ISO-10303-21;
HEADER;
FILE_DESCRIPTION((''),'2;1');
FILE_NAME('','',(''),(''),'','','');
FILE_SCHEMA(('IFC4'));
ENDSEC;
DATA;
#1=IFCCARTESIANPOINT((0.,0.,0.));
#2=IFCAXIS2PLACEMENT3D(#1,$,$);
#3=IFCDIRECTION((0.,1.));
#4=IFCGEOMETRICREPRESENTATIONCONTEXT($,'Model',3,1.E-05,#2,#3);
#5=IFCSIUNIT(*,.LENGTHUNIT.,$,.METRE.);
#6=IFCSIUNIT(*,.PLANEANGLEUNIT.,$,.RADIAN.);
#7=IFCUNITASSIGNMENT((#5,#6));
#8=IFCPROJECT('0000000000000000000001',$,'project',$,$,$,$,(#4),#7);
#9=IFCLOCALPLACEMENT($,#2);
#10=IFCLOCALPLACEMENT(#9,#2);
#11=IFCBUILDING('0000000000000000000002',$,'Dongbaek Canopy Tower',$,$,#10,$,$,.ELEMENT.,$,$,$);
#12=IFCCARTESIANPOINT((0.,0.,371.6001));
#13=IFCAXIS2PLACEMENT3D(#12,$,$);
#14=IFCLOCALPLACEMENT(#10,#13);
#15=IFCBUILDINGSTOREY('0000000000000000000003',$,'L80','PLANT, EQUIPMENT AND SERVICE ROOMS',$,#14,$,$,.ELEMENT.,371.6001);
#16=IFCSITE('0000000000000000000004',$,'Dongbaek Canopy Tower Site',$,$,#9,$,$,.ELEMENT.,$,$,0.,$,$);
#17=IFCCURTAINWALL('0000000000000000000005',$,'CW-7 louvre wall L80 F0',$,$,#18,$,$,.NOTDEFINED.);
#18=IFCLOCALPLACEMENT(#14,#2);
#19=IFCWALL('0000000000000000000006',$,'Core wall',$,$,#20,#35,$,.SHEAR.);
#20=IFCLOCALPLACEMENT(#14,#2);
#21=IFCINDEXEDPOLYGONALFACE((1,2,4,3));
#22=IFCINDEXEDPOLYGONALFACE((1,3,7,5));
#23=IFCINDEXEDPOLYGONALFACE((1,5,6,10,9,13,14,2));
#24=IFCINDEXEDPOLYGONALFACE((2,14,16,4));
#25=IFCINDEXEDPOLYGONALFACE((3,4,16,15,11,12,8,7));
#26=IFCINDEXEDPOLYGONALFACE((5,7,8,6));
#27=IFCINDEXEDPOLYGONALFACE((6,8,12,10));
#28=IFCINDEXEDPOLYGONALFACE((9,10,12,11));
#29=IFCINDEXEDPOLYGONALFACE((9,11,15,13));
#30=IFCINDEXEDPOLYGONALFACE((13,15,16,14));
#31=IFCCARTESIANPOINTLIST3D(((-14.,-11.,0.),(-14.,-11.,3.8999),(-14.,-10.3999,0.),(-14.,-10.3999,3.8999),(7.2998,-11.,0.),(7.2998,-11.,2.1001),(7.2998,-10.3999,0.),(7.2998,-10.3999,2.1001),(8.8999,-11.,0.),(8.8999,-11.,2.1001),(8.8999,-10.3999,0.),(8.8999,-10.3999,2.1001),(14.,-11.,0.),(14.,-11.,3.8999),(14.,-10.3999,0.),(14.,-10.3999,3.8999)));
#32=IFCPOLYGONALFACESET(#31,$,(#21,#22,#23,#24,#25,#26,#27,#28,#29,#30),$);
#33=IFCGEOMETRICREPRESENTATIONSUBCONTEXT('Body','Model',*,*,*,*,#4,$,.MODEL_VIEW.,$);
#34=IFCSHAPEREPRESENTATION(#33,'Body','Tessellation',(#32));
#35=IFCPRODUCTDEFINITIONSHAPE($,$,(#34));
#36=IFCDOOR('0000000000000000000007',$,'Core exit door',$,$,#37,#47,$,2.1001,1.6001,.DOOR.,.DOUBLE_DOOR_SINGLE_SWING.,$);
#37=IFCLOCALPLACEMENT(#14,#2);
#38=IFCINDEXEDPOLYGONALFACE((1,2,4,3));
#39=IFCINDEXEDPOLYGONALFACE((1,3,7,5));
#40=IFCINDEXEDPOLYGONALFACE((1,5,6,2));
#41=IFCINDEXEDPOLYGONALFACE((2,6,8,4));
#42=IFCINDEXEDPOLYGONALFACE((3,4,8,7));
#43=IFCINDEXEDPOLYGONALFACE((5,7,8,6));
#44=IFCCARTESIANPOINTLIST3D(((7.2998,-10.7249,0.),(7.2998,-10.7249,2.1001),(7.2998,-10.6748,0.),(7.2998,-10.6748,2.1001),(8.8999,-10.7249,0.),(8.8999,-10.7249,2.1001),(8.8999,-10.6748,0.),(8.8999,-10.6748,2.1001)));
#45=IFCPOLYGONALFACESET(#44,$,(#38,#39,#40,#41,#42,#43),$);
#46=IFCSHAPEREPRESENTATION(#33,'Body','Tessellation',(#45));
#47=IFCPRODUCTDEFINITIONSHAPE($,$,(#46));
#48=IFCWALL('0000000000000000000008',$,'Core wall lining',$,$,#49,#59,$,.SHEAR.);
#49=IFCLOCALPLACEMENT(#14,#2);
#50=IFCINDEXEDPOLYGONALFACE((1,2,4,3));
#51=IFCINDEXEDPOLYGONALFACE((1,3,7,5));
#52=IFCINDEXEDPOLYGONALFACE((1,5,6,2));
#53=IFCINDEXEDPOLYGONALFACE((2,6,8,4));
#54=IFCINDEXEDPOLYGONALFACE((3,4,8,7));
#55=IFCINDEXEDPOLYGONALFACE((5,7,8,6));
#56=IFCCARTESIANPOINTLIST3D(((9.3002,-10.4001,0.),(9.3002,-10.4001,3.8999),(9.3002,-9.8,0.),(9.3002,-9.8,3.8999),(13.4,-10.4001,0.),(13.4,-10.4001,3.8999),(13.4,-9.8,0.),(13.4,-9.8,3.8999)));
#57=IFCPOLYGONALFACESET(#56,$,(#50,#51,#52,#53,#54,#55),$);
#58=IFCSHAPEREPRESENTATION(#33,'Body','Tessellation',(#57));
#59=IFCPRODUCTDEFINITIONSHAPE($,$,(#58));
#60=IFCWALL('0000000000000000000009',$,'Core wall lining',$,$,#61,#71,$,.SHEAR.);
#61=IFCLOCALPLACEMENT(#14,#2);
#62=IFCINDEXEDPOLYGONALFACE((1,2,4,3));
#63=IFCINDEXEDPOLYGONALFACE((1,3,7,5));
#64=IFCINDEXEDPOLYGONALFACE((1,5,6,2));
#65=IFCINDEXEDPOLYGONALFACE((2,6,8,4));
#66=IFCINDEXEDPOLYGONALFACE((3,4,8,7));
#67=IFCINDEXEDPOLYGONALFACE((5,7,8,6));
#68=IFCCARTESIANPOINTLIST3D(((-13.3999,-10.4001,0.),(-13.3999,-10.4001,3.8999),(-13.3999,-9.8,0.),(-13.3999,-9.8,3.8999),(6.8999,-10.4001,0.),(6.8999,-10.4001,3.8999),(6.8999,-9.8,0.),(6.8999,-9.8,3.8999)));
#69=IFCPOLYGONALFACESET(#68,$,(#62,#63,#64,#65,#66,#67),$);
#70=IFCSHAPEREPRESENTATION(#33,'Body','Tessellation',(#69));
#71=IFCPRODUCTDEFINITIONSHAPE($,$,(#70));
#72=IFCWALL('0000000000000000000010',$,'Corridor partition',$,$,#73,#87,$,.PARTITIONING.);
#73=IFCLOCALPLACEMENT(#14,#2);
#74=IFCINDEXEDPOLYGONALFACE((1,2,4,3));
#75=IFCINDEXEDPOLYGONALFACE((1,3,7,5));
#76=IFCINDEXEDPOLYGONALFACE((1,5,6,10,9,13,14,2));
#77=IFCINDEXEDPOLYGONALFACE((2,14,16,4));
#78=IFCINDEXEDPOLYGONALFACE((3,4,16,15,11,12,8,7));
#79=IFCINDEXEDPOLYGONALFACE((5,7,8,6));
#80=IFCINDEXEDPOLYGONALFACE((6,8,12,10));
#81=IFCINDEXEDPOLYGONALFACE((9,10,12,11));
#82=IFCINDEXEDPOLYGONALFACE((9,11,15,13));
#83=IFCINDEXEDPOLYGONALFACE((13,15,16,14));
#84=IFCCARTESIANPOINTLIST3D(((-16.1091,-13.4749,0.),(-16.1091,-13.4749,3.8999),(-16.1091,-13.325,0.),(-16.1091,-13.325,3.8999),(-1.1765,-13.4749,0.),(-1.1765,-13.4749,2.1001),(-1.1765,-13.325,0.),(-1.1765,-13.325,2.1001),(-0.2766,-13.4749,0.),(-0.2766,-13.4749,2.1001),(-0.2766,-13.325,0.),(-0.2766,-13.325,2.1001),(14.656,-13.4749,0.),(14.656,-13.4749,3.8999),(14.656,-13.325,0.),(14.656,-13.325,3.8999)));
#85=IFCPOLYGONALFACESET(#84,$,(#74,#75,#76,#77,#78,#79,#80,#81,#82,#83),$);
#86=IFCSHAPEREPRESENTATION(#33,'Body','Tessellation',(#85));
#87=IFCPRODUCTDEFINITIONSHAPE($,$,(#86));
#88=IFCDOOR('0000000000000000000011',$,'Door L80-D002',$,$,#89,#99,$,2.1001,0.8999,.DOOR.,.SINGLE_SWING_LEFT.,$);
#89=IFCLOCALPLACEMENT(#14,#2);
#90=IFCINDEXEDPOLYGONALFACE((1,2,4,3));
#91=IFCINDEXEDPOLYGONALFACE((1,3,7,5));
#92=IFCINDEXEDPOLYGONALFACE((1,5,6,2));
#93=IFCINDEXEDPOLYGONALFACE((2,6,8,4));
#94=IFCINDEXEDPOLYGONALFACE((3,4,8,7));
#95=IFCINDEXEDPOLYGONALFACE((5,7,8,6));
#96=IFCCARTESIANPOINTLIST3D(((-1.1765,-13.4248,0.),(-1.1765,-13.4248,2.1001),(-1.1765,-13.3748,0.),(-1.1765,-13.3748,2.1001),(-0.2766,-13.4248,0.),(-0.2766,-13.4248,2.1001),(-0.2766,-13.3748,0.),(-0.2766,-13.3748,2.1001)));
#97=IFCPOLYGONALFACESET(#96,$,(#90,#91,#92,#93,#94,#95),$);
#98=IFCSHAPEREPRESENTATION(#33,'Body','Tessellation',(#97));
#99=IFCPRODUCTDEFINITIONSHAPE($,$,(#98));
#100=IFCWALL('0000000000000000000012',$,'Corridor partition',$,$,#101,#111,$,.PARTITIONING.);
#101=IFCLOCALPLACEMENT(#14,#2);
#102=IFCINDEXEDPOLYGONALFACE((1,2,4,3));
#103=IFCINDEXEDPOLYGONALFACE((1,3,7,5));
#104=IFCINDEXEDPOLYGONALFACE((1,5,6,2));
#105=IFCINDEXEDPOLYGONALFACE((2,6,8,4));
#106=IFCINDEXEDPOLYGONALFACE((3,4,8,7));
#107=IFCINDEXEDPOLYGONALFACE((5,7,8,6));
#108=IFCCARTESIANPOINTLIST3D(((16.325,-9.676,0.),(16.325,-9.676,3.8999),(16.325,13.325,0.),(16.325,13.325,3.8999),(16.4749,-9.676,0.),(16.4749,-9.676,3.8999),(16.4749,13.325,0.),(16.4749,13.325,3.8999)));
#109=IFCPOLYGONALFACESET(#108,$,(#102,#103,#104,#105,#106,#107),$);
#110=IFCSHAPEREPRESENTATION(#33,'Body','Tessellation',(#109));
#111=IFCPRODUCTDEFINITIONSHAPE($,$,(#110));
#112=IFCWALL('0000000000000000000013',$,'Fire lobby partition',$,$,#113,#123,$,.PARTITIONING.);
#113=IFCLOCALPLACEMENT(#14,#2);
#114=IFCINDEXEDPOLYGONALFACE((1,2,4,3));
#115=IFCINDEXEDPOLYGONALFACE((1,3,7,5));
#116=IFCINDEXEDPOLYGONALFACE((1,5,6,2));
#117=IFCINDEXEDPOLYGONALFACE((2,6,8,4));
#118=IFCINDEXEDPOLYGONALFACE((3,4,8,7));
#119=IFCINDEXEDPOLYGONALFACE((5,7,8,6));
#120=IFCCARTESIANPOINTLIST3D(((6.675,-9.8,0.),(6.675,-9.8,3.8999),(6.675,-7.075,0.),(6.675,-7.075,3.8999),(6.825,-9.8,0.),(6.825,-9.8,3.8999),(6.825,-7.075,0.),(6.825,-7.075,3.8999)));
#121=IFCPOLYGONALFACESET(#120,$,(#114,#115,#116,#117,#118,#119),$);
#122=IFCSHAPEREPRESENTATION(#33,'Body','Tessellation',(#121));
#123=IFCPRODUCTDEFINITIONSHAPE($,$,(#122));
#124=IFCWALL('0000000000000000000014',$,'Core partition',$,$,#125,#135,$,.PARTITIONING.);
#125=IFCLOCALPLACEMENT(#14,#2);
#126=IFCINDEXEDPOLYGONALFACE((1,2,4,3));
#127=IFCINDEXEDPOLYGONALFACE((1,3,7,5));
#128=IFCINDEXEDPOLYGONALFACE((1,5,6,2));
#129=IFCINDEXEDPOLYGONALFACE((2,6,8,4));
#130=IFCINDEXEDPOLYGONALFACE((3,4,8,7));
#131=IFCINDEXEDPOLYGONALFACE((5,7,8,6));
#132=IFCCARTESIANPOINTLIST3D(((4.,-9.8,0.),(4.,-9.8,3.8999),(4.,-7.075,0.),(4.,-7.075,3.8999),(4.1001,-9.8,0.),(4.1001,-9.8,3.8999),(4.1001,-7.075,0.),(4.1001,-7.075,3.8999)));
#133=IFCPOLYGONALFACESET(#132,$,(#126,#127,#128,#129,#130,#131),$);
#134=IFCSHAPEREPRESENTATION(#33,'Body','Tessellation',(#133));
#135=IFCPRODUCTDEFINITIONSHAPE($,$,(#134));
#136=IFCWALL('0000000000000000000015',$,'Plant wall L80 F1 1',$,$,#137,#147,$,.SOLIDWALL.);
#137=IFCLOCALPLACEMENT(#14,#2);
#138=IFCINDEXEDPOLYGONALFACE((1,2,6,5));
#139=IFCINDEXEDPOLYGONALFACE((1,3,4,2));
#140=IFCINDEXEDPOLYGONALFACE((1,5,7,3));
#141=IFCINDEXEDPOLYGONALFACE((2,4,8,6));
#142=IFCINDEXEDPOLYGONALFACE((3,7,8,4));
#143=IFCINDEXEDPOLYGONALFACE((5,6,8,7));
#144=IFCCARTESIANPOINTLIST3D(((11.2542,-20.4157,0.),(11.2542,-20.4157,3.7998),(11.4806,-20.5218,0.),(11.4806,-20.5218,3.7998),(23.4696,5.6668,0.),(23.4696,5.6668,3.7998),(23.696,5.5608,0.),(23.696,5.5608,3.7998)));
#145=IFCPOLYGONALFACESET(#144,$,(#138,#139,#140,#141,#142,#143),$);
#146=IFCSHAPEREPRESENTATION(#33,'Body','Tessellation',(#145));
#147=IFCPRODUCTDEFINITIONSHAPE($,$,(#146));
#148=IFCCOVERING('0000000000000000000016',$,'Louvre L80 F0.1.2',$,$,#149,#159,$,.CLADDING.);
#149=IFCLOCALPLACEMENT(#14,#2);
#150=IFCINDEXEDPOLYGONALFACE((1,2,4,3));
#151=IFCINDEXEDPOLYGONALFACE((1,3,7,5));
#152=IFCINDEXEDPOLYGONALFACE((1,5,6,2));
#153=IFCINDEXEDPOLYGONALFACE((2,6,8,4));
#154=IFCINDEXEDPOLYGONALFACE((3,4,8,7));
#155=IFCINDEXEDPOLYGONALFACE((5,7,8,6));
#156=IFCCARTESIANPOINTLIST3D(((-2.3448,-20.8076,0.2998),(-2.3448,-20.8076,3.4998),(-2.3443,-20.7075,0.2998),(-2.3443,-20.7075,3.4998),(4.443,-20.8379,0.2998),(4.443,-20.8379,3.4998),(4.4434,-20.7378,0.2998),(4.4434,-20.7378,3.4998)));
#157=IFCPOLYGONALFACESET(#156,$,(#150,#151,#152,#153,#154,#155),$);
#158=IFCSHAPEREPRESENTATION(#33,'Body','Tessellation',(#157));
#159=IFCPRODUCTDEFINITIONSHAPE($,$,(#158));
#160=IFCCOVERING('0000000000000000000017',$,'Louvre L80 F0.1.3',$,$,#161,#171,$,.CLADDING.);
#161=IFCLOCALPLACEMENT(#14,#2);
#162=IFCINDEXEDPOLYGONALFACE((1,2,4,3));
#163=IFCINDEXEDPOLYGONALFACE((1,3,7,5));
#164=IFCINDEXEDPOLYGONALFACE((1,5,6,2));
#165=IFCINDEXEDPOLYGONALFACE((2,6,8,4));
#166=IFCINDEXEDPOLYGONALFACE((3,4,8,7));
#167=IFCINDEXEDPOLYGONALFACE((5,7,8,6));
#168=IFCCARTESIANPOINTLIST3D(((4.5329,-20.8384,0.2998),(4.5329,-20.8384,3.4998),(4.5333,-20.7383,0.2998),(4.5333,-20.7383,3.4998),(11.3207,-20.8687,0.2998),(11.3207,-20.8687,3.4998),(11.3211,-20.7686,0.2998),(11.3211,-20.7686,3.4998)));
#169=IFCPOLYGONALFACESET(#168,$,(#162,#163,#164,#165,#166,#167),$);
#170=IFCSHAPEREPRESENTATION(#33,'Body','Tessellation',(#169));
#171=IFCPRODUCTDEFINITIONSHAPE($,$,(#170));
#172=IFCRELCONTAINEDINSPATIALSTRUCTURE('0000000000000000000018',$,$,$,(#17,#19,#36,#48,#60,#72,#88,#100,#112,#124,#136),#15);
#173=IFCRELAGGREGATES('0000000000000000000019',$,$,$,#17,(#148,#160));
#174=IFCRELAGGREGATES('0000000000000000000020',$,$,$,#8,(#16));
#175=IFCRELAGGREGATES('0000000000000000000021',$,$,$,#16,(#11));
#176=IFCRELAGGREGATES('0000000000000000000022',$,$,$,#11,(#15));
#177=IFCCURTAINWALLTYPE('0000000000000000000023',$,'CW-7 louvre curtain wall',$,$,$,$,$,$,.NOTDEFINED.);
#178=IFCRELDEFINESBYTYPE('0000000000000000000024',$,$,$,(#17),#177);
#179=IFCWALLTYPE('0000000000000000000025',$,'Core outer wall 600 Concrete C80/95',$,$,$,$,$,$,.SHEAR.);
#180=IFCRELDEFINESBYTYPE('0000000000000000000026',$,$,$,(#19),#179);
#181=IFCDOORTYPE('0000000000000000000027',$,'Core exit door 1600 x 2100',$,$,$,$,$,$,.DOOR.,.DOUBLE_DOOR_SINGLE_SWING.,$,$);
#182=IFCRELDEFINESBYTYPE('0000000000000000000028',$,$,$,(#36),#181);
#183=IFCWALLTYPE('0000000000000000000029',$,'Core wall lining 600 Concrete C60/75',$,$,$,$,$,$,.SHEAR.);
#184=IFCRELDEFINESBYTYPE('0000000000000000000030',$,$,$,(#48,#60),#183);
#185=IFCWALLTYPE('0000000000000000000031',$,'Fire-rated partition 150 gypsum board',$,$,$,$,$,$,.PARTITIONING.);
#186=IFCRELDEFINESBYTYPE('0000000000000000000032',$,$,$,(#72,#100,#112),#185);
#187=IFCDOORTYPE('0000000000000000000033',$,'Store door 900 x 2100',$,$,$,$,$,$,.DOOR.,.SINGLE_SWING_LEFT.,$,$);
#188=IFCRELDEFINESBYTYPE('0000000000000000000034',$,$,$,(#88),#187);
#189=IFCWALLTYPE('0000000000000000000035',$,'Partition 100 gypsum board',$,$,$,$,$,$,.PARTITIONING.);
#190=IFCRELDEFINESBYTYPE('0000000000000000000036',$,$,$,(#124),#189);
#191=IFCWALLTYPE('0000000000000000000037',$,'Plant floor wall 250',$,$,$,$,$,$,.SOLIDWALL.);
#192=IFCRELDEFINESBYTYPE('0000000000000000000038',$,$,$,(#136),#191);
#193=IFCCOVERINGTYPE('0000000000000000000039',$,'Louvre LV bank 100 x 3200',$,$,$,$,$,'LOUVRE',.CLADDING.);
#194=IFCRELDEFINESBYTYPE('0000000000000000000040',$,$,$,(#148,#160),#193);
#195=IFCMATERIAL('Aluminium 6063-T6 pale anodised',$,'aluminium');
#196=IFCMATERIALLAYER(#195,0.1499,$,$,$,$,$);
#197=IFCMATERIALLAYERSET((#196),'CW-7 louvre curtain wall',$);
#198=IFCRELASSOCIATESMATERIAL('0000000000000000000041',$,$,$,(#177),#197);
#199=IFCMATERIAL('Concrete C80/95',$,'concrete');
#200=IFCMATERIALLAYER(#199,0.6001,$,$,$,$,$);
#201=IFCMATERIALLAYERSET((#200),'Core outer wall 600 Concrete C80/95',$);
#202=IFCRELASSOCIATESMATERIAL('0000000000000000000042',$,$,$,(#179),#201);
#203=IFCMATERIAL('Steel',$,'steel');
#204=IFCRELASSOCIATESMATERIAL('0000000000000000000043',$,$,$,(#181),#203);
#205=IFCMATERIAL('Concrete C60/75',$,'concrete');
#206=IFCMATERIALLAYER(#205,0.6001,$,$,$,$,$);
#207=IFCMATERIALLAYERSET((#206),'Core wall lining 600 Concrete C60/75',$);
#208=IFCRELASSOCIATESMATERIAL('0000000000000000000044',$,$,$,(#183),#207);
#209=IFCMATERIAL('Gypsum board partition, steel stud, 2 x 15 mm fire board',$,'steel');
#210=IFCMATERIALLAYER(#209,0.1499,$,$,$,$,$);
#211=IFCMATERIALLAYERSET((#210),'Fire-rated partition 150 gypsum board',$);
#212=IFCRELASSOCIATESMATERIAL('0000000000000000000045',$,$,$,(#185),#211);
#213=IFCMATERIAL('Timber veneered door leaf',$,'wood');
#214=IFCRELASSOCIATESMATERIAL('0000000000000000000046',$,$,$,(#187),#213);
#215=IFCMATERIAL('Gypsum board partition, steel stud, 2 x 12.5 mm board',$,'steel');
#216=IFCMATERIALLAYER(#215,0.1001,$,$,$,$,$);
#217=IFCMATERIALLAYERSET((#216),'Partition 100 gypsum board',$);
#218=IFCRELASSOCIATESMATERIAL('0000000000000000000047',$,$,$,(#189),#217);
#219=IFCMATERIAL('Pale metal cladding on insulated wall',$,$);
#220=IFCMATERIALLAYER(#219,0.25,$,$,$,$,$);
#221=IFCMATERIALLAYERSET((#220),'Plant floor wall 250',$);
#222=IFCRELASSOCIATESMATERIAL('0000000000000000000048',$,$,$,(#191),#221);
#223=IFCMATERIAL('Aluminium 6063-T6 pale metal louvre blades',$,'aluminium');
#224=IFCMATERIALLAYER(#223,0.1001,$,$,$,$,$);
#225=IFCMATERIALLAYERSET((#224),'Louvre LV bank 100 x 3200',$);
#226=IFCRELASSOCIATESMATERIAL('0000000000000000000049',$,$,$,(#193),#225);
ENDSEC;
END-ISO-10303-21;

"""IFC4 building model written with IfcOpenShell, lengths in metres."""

from ifc_helpers import new_model, si_unit, direction, frame, frame_2d, origin, origin_2d, place, context, subcontext, project, spatial, rectangle, extrude, material, layer, layer_set, type_object, element, fill, aggregate, save


model = new_model("IFC4")

# Units and contexts
model_context = context("Model", 3, precision=1e-05, world=origin(), true_north=direction((0.0, 1.0)))
body_context = subcontext(model_context, "Body", "Model", "MODEL_VIEW")
ifc_project = project(units=[si_unit("LENGTHUNIT", "METRE"), si_unit("PLANEANGLEUNIT", "RADIAN")], contexts=[model_context])

# Site, building, storey
site_placement = place(None, origin())
site = spatial("IfcSite", under=ifc_project, at=site_placement, Name="Dongbaek Canopy Tower Site", CompositionType="ELEMENT", RefElevation=0.0)
building_placement = place(site_placement, origin())
building = spatial("IfcBuilding", under=site, at=building_placement, Name="Dongbaek Canopy Tower", CompositionType="ELEMENT")
storey_placement = place(building_placement, frame((0.0, 0.0, 371.6001)))
storey = spatial("IfcBuildingStorey", under=building, at=storey_placement, Name="L80", Description="PLANT, EQUIPMENT AND SERVICE ROOMS", CompositionType="ELEMENT", Elevation=371.6001)

# Curtain wall
ifc_material_1 = material(Name="Aluminium 6063-T6 pale anodised", Category="aluminium")
ifc_layer_1 = layer(ifc_material_1, 0.1499)
ifc_layer_set_1 = layer_set([ifc_layer_1], Name="CW-7 louvre curtain wall")
curtain_wall_type = type_object("IfcCurtainWallType", Name="CW-7 louvre curtain wall", PredefinedType="NOTDEFINED", material=ifc_layer_set_1)
curtain_wall_1_placement = place(storey_placement, origin())
curtain_wall_1 = element("IfcCurtainWall", 1, at=curtain_wall_1_placement, inside=storey, type_object=curtain_wall_type, Name="CW-7 louvre wall L80 F0", PredefinedType="NOTDEFINED")

# Wall, opening, door
ifc_material_2 = material(Name="Concrete C80/95", Category="concrete")
ifc_layer_2 = layer(ifc_material_2, 0.6001)
ifc_layer_set_2 = layer_set([ifc_layer_2], Name="Core outer wall 600 Concrete C80/95")
wall_type_1 = type_object("IfcWallType", Name="Core outer wall 600 Concrete C80/95", PredefinedType="SHEAR", material=ifc_layer_set_2)
wall_1_placement = place(storey_placement, frame((14.0, -10.7, 0.0), z_axis=(0.0, 0.0, 1.0), x_axis=(-1.0, 0.0, 0.0)))
wall_1 = element("IfcWall", 2, at=wall_1_placement, inside=storey, type_object=wall_type_1, Name="Core wall", PredefinedType="SHEAR", context=body_context, shape_type="SweptSolid", body=[
    extrude(rectangle(XDim=28.0, YDim=0.6001, at=frame_2d((14.0, 0.0))), origin(), (0.0, 0.0, 1.0), 3.8999),
])
opening_1_placement = place(wall_1_placement, frame((5.1001, 0.0, 0.0)))
opening_1 = element("IfcOpeningElement", 3, at=opening_1_placement, cuts=wall_1, PredefinedType="OPENING", context=body_context, shape_type="SweptSolid", body=[
    extrude(rectangle(XDim=1.6001, YDim=2.1001, at=frame_2d((0.8, 1.05))), frame((0.0, 0.3101, 0.0), z_axis=(0.0, -1.0, 0.0), x_axis=(1.0, 0.0, 0.0)), (0.0, 0.0, 1.0), 0.6201),
])
ifc_material_3 = material(Name="Steel", Category="steel")
door_type_1 = type_object("IfcDoorType", Name="Core exit door 1600 x 2100", OperationType="DOUBLE_DOOR_SINGLE_SWING", PredefinedType="DOOR", material=ifc_material_3)
door_1_placement = place(opening_1_placement, origin())
door_1 = element("IfcDoor", 4, at=door_1_placement, inside=storey, type_object=door_type_1, Name="Core exit door", OperationType="DOUBLE_DOOR_SINGLE_SWING", OverallHeight=2.1001, OverallWidth=1.6001, PredefinedType="DOOR", context=body_context, shape_type="SweptSolid", body=[
    extrude(rectangle(XDim=1.6001, YDim=2.1001, at=frame_2d((0.8, 1.05))), frame((0.0, 0.0249, 0.0), z_axis=(0.0, -1.0, 0.0), x_axis=(1.0, 0.0, 0.0)), (0.0, 0.0, 1.0), 0.05),
])
fill(opening_1, door_1)

# Walls
ifc_material_4 = material(Name="Concrete C60/75", Category="concrete")
ifc_layer_3 = layer(ifc_material_4, 0.6001)
ifc_layer_set_3 = layer_set([ifc_layer_3], Name="Core wall lining 600 Concrete C60/75")
wall_type_2 = type_object("IfcWallType", Name="Core wall lining 600 Concrete C60/75", PredefinedType="SHEAR", material=ifc_layer_set_3)
wall_2_placement = place(storey_placement, frame((13.3999, -10.1001, 0.0), z_axis=(0.0, 0.0, 1.0), x_axis=(-1.0, 0.0, 0.0)))
element("IfcWall", 5, at=wall_2_placement, inside=storey, type_object=wall_type_2, Name="Core wall lining", PredefinedType="SHEAR", context=body_context, shape_type="SweptSolid", body=[
    extrude(rectangle(XDim=4.0999, YDim=0.6001, at=frame_2d((2.0498, 0.0))), origin(), (0.0, 0.0, 1.0), 3.8999),
])
wall_3_placement = place(storey_placement, frame((6.8999, -10.1001, 0.0), z_axis=(0.0, 0.0, 1.0), x_axis=(-1.0, 0.0, 0.0)))
element("IfcWall", 6, at=wall_3_placement, inside=storey, type_object=wall_type_2, Name="Core wall lining", PredefinedType="SHEAR", context=body_context, shape_type="SweptSolid", body=[
    extrude(rectangle(XDim=20.2998, YDim=0.6001, at=frame_2d((10.1499, 0.0))), origin(), (0.0, 0.0, 1.0), 3.8999),
])

# Wall, opening, door
ifc_material_5 = material(Name="Gypsum board partition, steel stud, 2 x 15 mm fire board", Category="steel")
ifc_layer_4 = layer(ifc_material_5, 0.1499)
ifc_layer_set_4 = layer_set([ifc_layer_4], Name="Fire-rated partition 150 gypsum board")
wall_type_3 = type_object("IfcWallType", Name="Fire-rated partition 150 gypsum board", PredefinedType="PARTITIONING", material=ifc_layer_set_4)
wall_4_placement = place(storey_placement, frame((14.656, -13.3999, 0.0), z_axis=(0.0, 0.0, 1.0), x_axis=(-1.0, 0.0, 0.0)))
wall_4 = element("IfcWall", 7, at=wall_4_placement, inside=storey, type_object=wall_type_3, Name="Corridor partition", PredefinedType="PARTITIONING", context=body_context, shape_type="SweptSolid", body=[
    extrude(rectangle(XDim=30.7651, YDim=0.1499, at=frame_2d((15.3826, 0.0))), origin(), (0.0, 0.0, 1.0), 3.8999),
])
opening_2_placement = place(wall_4_placement, frame((14.9326, 0.0, 0.0)))
opening_2 = element("IfcOpeningElement", 8, at=opening_2_placement, cuts=wall_4, PredefinedType="OPENING", context=body_context, shape_type="SweptSolid", body=[
    extrude(rectangle(XDim=0.8999, YDim=2.1001, at=frame_2d((0.45, 1.05))), frame((0.0, 0.085, 0.0), z_axis=(0.0, -1.0, 0.0), x_axis=(1.0, 0.0, 0.0)), (0.0, 0.0, 1.0), 0.1699),
])
ifc_material_6 = material(Name="Timber veneered door leaf", Category="wood")
door_type_2 = type_object("IfcDoorType", Name="Store door 900 x 2100", OperationType="SINGLE_SWING_LEFT", PredefinedType="DOOR", material=ifc_material_6)
door_2_placement = place(opening_2_placement, origin())
door_2 = element("IfcDoor", 9, at=door_2_placement, inside=storey, type_object=door_type_2, Name="Door L80-D002", OperationType="SINGLE_SWING_LEFT", OverallHeight=2.1001, OverallWidth=0.8999, PredefinedType="DOOR", context=body_context, shape_type="SweptSolid", body=[
    extrude(rectangle(XDim=0.8999, YDim=2.1001, at=frame_2d((0.45, 1.05))), frame((0.0, 0.0249, 0.0), z_axis=(0.0, -1.0, 0.0), x_axis=(1.0, 0.0, 0.0)), (0.0, 0.0, 1.0), 0.05),
])
fill(opening_2, door_2)

# Walls
wall_5_placement = place(storey_placement, frame((16.3999, -9.676, 0.0), z_axis=(0.0, 0.0, 1.0), x_axis=(0.0, 1.0, 0.0)))
element("IfcWall", 10, at=wall_5_placement, inside=storey, type_object=wall_type_3, Name="Corridor partition", PredefinedType="PARTITIONING", context=body_context, shape_type="SweptSolid", body=[
    extrude(rectangle(XDim=23.001, YDim=0.1499, at=frame_2d((11.5005, 0.0))), origin(), (0.0, 0.0, 1.0), 3.8999),
])
wall_6_placement = place(storey_placement, frame((6.75, -9.8, 0.0), z_axis=(0.0, 0.0, 1.0), x_axis=(0.0, 1.0, 0.0)))
element("IfcWall", 11, at=wall_6_placement, inside=storey, type_object=wall_type_3, Name="Fire lobby partition", PredefinedType="PARTITIONING", context=body_context, shape_type="SweptSolid", body=[
    extrude(rectangle(XDim=2.7251, YDim=0.1499, at=frame_2d((1.3625, 0.0))), origin(), (0.0, 0.0, 1.0), 3.8999),
])
ifc_material_7 = material(Name="Gypsum board partition, steel stud, 2 x 12.5 mm board", Category="steel")
ifc_layer_5 = layer(ifc_material_7, 0.1001)
ifc_layer_set_5 = layer_set([ifc_layer_5], Name="Partition 100 gypsum board")
wall_type_4 = type_object("IfcWallType", Name="Partition 100 gypsum board", PredefinedType="PARTITIONING", material=ifc_layer_set_5)
wall_7_placement = place(storey_placement, frame((4.05, -9.8, 0.0), z_axis=(0.0, 0.0, 1.0), x_axis=(0.0, 1.0, 0.0)))
element("IfcWall", 12, at=wall_7_placement, inside=storey, type_object=wall_type_4, Name="Core partition", PredefinedType="PARTITIONING", context=body_context, shape_type="SweptSolid", body=[
    extrude(rectangle(XDim=2.7251, YDim=0.1001, at=frame_2d((1.3625, 0.0))), origin(), (0.0, 0.0, 1.0), 3.8999),
])
ifc_material_8 = material(Name="Pale metal cladding on insulated wall")
ifc_layer_6 = layer(ifc_material_8, 0.25)
ifc_layer_set_6 = layer_set([ifc_layer_6], Name="Plant floor wall 250")
wall_type_5 = type_object("IfcWallType", Name="Plant floor wall 250", PredefinedType="SOLIDWALL", material=ifc_layer_set_6)
wall_8_placement = place(storey_placement, frame((11.3674, -20.4688, 0.0), z_axis=(0.0, 0.0, 1.0), x_axis=(0.424125, 0.905604, 0.0)))
element("IfcWall", 13, at=wall_8_placement, inside=storey, type_object=wall_type_5, Name="Plant wall L80 F1 1", PredefinedType="SOLIDWALL", context=body_context, shape_type="SweptSolid", body=[
    extrude(rectangle(XDim=28.8013, YDim=0.25, at=frame_2d((14.4006, 0.0))), origin(), (0.0, 0.0, 1.0), 3.7998),
])

# Coverings
ifc_material_9 = material(Name="Aluminium 6063-T6 pale metal louvre blades", Category="aluminium")
ifc_layer_7 = layer(ifc_material_9, 0.1001)
ifc_layer_set_7 = layer_set([ifc_layer_7], Name="Louvre LV bank 100 x 3200")
covering_type = type_object("IfcCoveringType", Name="Louvre LV bank 100 x 3200", ElementType="LOUVRE", PredefinedType="CLADDING", material=ifc_layer_set_7)
covering_1_placement = place(storey_placement, frame((1.0493, -20.7727, 0.2998), z_axis=(0.0, 0.0, 1.0), x_axis=(0.99999, -0.004466, 0.0)))
covering_1 = element("IfcCovering", 14, at=covering_1_placement, type_object=covering_type, Name="Louvre L80 F0.1.2", PredefinedType="CLADDING", context=body_context, shape_type="SweptSolid", body=[
    extrude(rectangle(XDim=6.7878, YDim=0.1001, at=origin_2d()), origin(), (0.0, 0.0, 1.0), 3.2),
])
covering_2_placement = place(storey_placement, frame((7.927, -20.8035, 0.2998), z_axis=(0.0, 0.0, 1.0), x_axis=(0.99999, -0.004466, 0.0)))
covering_2 = element("IfcCovering", 15, at=covering_2_placement, type_object=covering_type, Name="Louvre L80 F0.1.3", PredefinedType="CLADDING", context=body_context, shape_type="SweptSolid", body=[
    extrude(rectangle(XDim=6.7878, YDim=0.1001, at=origin_2d()), origin(), (0.0, 0.0, 1.0), 3.2),
])

aggregate(curtain_wall_1, [covering_1, covering_2])

save(model, "model.ifc")
